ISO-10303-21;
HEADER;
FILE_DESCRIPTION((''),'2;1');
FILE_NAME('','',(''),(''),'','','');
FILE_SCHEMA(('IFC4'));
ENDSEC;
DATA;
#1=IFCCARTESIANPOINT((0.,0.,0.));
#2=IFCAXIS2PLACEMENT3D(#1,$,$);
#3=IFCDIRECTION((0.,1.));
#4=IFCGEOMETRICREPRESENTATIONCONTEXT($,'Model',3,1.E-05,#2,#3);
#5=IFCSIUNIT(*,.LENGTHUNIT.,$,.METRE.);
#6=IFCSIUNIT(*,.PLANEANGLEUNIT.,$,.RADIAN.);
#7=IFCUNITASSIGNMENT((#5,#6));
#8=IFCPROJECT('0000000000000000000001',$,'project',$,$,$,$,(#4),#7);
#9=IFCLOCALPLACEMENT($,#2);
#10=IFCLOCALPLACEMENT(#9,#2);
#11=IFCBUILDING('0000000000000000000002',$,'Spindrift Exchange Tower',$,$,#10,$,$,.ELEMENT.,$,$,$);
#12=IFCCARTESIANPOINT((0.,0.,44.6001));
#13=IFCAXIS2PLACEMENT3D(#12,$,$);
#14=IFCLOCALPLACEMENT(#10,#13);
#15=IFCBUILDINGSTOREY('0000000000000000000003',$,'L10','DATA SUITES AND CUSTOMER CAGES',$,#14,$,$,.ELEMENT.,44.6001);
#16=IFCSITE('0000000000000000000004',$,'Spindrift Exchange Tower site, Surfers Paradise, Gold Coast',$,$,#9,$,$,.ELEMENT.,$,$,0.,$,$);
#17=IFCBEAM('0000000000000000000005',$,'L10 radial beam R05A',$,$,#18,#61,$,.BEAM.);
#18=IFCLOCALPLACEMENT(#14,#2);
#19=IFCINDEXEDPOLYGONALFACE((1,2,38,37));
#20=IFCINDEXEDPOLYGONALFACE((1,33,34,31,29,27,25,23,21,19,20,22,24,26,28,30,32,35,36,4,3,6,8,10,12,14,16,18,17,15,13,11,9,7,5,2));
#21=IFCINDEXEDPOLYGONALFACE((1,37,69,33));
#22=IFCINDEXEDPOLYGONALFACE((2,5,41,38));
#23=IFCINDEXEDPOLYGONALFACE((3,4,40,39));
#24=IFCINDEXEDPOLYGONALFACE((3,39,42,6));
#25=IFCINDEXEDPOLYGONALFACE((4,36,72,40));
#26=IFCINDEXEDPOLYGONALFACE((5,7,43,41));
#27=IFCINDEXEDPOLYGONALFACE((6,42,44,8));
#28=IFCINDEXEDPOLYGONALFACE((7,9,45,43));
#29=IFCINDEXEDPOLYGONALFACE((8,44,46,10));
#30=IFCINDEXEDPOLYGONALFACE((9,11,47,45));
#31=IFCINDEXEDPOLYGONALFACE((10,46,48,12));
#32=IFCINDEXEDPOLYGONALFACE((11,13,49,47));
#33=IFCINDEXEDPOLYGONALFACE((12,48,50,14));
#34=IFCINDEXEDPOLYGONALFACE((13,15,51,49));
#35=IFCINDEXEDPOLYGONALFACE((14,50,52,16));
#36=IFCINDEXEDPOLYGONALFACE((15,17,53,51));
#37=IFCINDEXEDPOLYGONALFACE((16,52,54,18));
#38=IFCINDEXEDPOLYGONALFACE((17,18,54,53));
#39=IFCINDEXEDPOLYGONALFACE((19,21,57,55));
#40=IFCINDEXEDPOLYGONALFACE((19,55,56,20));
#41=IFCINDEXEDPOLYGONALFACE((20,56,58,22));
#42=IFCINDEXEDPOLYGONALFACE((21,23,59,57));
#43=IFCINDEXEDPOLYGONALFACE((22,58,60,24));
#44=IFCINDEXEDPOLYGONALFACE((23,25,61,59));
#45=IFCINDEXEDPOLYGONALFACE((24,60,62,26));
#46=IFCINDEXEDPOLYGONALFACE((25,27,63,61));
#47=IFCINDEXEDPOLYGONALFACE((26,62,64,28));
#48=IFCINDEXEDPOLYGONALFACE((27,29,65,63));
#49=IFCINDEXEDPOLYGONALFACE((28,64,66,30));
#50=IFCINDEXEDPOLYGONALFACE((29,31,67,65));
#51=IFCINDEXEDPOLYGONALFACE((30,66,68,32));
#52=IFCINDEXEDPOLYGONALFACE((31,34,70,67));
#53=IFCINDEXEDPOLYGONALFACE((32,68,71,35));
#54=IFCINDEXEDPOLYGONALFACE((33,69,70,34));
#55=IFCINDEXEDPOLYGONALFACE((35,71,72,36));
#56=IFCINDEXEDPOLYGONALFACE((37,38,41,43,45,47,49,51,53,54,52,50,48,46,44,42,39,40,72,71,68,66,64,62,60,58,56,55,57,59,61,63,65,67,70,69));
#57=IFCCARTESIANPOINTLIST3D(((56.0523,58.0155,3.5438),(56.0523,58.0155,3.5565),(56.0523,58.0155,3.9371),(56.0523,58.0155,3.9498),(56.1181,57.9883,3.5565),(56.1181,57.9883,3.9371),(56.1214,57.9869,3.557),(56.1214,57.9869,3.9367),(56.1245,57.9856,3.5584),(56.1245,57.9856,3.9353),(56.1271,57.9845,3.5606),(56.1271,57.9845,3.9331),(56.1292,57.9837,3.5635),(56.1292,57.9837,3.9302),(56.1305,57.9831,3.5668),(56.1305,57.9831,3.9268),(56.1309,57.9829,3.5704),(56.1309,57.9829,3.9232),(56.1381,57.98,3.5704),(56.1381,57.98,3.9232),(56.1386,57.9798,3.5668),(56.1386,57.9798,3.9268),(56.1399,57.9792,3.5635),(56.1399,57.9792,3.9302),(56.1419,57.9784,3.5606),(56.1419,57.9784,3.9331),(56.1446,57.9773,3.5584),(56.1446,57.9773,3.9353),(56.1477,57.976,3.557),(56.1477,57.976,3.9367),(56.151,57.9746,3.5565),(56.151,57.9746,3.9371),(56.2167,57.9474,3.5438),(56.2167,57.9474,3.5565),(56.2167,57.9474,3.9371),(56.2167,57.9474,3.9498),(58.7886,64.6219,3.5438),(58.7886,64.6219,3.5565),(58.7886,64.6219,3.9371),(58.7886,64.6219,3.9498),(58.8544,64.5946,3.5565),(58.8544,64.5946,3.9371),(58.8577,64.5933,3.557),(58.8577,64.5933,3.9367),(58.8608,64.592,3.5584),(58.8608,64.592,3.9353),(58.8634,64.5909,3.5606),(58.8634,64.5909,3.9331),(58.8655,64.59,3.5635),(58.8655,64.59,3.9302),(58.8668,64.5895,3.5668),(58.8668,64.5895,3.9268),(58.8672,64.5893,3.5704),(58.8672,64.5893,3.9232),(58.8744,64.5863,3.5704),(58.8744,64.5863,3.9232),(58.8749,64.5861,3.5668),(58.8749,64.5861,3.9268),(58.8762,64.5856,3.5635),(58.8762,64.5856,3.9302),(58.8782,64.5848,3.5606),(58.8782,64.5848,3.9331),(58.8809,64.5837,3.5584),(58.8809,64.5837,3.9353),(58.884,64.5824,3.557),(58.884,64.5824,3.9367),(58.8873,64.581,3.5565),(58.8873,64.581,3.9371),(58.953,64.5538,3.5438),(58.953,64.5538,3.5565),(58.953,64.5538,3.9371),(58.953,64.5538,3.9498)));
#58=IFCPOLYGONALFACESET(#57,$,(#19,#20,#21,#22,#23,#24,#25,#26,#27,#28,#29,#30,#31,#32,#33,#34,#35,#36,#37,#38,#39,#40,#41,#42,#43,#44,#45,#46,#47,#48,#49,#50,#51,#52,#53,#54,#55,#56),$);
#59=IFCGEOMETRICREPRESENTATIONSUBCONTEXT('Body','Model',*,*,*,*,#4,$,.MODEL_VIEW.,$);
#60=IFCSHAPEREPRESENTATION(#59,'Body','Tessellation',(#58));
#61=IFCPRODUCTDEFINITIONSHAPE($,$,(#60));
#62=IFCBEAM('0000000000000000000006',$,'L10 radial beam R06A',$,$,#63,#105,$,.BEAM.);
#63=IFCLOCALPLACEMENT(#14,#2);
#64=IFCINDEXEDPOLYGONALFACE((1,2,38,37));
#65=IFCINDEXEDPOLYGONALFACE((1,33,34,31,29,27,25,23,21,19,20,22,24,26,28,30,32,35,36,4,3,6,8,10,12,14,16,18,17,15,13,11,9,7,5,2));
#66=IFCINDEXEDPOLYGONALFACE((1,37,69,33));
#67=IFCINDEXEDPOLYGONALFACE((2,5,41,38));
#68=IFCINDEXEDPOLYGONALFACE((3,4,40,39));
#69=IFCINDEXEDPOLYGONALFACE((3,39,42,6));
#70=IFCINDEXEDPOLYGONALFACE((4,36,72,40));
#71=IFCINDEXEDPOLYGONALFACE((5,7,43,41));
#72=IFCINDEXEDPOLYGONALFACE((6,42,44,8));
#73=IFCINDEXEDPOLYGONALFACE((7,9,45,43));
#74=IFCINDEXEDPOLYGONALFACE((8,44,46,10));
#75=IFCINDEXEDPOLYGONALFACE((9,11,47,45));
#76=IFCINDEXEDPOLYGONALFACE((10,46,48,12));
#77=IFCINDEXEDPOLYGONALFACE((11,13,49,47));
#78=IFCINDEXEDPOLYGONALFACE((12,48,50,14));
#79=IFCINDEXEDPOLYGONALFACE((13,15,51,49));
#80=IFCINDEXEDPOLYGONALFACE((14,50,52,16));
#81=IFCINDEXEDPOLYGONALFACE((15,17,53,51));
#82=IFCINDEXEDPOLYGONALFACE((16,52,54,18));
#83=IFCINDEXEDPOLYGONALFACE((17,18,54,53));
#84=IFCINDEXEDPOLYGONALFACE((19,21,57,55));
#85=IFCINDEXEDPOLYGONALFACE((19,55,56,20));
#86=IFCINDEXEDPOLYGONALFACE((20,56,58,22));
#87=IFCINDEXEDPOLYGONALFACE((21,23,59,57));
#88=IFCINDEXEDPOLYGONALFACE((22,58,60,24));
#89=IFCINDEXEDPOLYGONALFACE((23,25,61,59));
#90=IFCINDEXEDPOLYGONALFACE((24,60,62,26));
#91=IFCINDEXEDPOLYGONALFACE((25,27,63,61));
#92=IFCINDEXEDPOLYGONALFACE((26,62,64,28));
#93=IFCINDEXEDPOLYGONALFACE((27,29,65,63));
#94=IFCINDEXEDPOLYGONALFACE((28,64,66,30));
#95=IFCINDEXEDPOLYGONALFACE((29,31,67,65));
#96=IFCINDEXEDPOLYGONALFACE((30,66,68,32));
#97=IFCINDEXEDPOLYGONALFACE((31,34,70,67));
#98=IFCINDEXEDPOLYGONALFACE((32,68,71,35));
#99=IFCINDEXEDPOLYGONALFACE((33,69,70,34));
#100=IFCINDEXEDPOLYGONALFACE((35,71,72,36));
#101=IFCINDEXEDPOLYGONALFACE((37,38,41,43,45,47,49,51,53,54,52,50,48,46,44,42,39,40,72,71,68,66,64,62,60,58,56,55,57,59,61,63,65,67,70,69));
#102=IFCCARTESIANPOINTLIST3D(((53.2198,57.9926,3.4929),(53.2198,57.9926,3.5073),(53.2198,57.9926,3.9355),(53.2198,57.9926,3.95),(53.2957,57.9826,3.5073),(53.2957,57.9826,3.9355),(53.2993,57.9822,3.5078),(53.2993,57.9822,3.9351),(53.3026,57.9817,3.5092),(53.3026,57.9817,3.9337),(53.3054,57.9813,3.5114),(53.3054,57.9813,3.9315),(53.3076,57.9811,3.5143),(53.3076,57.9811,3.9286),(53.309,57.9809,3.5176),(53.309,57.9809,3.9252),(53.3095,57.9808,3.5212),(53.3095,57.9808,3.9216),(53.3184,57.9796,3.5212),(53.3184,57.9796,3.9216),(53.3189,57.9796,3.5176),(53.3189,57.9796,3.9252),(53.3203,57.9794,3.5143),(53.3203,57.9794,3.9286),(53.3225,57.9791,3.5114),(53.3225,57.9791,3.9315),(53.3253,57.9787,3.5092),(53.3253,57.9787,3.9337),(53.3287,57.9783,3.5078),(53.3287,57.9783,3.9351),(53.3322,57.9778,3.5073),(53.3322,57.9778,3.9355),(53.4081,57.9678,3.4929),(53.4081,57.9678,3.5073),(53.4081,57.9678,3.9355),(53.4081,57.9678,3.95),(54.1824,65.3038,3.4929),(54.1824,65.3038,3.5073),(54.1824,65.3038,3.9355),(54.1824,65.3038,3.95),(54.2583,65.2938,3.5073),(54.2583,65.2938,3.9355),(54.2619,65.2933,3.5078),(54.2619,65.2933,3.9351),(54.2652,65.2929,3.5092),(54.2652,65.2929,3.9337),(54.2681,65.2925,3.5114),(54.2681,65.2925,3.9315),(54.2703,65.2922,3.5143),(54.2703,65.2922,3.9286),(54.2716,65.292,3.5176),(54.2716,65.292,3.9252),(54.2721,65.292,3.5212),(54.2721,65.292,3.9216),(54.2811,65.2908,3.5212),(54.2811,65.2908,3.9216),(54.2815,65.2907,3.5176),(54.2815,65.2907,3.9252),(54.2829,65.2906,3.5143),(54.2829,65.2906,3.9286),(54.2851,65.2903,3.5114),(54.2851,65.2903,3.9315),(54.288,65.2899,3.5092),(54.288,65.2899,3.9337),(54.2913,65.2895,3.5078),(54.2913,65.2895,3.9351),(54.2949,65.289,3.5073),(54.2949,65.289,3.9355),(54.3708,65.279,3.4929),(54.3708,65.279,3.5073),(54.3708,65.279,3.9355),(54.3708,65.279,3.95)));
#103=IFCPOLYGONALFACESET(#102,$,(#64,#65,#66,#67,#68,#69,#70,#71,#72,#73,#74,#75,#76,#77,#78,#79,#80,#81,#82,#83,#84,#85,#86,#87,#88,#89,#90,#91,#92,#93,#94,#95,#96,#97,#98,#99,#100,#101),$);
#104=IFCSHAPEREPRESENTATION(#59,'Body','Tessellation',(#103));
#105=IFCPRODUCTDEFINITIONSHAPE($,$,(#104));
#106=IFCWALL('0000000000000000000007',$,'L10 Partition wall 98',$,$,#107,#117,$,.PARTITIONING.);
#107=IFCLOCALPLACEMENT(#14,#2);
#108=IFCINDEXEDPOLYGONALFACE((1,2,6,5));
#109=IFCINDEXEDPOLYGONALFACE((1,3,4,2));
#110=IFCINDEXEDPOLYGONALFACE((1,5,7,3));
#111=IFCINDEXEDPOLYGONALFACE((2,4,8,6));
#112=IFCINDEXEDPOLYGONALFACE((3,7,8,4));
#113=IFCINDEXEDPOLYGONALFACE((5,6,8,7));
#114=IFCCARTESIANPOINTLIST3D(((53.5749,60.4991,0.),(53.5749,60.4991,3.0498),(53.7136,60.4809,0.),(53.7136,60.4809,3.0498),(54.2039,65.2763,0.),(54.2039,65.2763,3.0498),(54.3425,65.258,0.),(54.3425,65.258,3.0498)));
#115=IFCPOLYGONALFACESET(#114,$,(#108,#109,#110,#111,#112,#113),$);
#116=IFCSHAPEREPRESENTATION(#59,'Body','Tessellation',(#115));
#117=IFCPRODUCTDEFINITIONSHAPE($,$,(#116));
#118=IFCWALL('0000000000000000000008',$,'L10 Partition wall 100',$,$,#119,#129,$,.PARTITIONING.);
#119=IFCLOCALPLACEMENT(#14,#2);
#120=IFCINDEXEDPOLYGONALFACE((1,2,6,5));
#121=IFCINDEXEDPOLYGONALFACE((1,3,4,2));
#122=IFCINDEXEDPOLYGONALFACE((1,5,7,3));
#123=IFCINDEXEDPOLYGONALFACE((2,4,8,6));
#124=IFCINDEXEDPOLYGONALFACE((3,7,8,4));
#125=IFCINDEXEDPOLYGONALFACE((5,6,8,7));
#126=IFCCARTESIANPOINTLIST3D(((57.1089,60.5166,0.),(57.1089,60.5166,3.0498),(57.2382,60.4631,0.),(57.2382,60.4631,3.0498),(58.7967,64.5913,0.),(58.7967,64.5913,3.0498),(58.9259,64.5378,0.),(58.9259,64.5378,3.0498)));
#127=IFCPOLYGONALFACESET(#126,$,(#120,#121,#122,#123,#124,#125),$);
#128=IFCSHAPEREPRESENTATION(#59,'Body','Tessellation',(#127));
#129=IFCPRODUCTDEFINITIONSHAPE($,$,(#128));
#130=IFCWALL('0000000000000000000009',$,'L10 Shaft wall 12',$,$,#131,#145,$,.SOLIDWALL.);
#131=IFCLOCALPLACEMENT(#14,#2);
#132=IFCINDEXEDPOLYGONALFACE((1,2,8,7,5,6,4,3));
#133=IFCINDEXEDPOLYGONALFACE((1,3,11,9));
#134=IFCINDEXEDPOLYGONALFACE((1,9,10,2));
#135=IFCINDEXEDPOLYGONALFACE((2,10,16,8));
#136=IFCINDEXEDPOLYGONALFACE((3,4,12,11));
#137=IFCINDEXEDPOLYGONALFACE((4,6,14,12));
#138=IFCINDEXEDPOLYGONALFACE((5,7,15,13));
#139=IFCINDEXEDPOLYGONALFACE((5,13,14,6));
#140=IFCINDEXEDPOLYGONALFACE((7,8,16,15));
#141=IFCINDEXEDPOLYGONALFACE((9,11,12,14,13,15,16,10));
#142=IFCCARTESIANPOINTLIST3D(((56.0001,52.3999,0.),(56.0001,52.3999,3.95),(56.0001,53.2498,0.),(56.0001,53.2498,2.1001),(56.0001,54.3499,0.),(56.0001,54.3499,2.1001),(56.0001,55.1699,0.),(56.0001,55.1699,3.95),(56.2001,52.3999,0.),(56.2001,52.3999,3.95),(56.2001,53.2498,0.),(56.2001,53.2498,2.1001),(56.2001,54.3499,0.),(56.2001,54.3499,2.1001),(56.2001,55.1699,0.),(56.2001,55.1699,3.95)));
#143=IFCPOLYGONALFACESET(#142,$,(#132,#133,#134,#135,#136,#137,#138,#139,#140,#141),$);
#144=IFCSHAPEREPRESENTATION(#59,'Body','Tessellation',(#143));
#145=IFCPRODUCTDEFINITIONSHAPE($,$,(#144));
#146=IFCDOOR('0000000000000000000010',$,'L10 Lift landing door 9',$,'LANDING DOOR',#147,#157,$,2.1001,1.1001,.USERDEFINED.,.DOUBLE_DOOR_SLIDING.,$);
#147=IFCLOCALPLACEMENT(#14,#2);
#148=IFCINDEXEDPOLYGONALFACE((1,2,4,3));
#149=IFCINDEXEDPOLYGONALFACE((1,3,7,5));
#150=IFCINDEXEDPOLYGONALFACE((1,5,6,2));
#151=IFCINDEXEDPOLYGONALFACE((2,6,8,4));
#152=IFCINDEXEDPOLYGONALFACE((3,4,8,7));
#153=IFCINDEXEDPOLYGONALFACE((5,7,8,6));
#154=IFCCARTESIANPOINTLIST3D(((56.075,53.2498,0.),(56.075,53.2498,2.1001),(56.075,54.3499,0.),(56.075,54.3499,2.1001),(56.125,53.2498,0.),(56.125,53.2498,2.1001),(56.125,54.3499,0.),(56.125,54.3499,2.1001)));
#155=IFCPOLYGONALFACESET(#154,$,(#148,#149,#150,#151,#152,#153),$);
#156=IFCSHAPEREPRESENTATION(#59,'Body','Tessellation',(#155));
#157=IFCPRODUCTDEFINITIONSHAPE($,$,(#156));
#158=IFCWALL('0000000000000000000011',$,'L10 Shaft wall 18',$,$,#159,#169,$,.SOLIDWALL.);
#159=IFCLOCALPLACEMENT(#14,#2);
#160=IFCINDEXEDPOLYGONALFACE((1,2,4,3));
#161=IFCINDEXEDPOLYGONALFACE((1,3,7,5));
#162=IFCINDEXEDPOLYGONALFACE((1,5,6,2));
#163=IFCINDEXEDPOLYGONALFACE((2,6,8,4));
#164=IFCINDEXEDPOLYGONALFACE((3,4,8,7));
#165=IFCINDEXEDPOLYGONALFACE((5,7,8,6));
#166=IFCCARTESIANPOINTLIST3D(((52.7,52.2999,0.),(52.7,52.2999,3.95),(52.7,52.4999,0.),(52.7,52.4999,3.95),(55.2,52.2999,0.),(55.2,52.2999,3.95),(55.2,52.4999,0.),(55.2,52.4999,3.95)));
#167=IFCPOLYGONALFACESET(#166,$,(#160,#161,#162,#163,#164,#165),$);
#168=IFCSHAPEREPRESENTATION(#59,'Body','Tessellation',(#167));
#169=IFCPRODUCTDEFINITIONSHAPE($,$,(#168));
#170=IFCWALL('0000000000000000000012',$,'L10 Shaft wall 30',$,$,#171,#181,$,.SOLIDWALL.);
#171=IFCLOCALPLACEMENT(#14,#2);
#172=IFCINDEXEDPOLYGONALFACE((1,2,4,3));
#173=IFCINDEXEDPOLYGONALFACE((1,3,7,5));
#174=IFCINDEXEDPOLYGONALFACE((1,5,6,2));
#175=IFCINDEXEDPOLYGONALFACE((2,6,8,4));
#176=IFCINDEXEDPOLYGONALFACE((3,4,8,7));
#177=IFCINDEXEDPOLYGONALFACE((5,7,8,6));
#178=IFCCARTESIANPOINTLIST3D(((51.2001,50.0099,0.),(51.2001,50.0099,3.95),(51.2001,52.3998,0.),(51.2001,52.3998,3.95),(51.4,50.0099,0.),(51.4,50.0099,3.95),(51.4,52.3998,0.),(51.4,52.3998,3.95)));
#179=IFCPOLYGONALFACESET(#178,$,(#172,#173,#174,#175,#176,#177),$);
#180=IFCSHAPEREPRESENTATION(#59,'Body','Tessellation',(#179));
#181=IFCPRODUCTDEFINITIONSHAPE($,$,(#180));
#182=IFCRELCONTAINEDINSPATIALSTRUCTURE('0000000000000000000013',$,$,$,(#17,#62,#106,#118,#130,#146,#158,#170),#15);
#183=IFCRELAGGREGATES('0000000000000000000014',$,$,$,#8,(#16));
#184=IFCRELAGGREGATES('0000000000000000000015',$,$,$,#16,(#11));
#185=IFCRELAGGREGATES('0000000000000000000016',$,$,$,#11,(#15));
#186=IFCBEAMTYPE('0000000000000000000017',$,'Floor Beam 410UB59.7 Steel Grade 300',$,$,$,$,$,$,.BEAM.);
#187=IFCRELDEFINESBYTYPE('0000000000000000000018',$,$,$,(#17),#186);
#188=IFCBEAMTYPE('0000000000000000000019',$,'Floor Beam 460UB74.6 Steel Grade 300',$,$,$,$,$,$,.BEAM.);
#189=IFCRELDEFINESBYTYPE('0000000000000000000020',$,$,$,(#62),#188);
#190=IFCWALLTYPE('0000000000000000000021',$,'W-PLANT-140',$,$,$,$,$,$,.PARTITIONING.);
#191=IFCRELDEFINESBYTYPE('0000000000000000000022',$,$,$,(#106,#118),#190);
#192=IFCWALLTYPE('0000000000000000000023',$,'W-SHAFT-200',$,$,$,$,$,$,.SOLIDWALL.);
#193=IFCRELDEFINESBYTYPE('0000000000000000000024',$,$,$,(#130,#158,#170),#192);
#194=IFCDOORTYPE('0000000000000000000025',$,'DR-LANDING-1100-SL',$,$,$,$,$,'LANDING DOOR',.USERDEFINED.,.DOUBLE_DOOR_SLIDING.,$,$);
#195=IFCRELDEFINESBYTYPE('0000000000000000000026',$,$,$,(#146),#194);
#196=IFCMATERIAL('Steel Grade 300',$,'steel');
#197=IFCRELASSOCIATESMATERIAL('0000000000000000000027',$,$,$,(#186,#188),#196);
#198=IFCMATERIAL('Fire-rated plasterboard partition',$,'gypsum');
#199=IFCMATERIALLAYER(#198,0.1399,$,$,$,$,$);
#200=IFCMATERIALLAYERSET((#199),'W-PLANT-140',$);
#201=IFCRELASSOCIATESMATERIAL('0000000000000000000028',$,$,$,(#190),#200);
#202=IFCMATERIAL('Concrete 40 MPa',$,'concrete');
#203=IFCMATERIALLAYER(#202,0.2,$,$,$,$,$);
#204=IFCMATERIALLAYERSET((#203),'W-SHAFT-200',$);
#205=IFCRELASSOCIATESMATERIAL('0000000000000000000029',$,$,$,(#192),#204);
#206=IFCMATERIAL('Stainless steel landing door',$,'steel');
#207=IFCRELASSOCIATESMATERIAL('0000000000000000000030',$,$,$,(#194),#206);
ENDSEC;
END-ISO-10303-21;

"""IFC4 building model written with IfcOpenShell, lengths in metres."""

from ifc_helpers import new_model, si_unit, direction, frame, frame_2d, origin, origin_2d, place, context, subcontext, project, spatial, rectangle, i_section, extrude, source, transform, mapped, material, layer, layer_set, material_profile, profile_set, type_object, element, fill, save


model = new_model("IFC4")

# Units and contexts
model_context = context("Model", 3, precision=1e-05, world=origin(), true_north=direction((0.0, 1.0)))
body_context = subcontext(model_context, "Body", "Model", "MODEL_VIEW")
ifc_project = project(units=[si_unit("LENGTHUNIT", "METRE"), si_unit("PLANEANGLEUNIT", "RADIAN")], contexts=[model_context])

# Site, building, storey
site_placement = place(None, origin())
site = spatial("IfcSite", under=ifc_project, at=site_placement, Name="Spindrift Exchange Tower site, Surfers Paradise, Gold Coast", CompositionType="ELEMENT", RefElevation=0.0)
building_placement = place(site_placement, origin())
building = spatial("IfcBuilding", under=site, at=building_placement, Name="Spindrift Exchange Tower", CompositionType="ELEMENT")
storey_placement = place(building_placement, frame((0.0, 0.0, 44.6001)))
storey = spatial("IfcBuildingStorey", under=building, at=storey_placement, Name="L10", Description="DATA SUITES AND CUSTOMER CAGES", CompositionType="ELEMENT", Elevation=44.6001)

# Beams
ifc_material_1 = material(Name="Steel Grade 300", Category="steel")
ifc_material_profile_1 = material_profile(ifc_material_1, i_section(OverallWidth=0.178, OverallDepth=0.406, WebThickness=0.0078, FlangeThickness=0.0127, FilletRadius=0.0139, at=origin_2d()), Name="410UB59.7")
ifc_profile_set_1 = profile_set([ifc_material_profile_1], Name="Steel Grade 300")
beam_type_1 = type_object("IfcBeamType", Name="Floor Beam 410UB59.7 Steel Grade 300", PredefinedType="BEAM", material=ifc_profile_set_1)
shared_shape_1 = source(origin(), body_context, "Body", "SweptSolid", [
    extrude(i_section(OverallWidth=0.178, OverallDepth=0.406, WebThickness=0.0078, FlangeThickness=0.0127, FilletRadius=0.0139, at=origin_2d()), origin(), (0.0, 0.0, 1.0), 7.1506),
])
beam_1_placement = place(storey_placement, frame((56.1345, 57.9814, 3.7468), z_axis=(0.382665, 0.923887, 0.0), x_axis=(-0.923887, 0.382665, 0.0)))
element("IfcBeam", 1, at=beam_1_placement, inside=storey, type_object=beam_type_1, Name="L10 radial beam R05A", PredefinedType="BEAM", context=body_context, shape_type="MappedRepresentation", body=[
    mapped(shared_shape_1, transform((0.0, 0.0, 0.0), scale=1.0)),
])
ifc_material_profile_2 = material_profile(ifc_material_1, i_section(OverallWidth=0.1899, OverallDepth=0.457, WebThickness=0.009, FlangeThickness=0.0144, FilletRadius=0.0139, at=origin_2d()), Name="460UB74.6")
ifc_profile_set_2 = profile_set([ifc_material_profile_2], Name="Steel Grade 300")
beam_type_2 = type_object("IfcBeamType", Name="Floor Beam 460UB74.6 Steel Grade 300", PredefinedType="BEAM", material=ifc_profile_set_2)
shared_shape_2 = source(origin(), body_context, "Body", "SweptSolid", [
    extrude(i_section(OverallWidth=0.1899, OverallDepth=0.457, WebThickness=0.009, FlangeThickness=0.0144, FilletRadius=0.0139, at=origin_2d()), origin(), (0.0, 0.0, 1.0), 7.3743),
])
beam_2_placement = place(storey_placement, frame((53.314, 57.9802, 3.7214), z_axis=(0.130539, 0.991443, 0.0), x_axis=(-0.991443, 0.130539, 0.0)))
element("IfcBeam", 2, at=beam_2_placement, inside=storey, type_object=beam_type_2, Name="L10 radial beam R06A", PredefinedType="BEAM", context=body_context, shape_type="MappedRepresentation", body=[
    mapped(shared_shape_2, transform((0.0, 0.0, 0.0), scale=1.0)),
])

# Walls
ifc_material_2 = material(Name="Fire-rated plasterboard partition", Category="gypsum")
ifc_layer_1 = layer(ifc_material_2, 0.1399)
ifc_layer_set_1 = layer_set([ifc_layer_1], Name="W-PLANT-140")
wall_type_1 = type_object("IfcWallType", Name="W-PLANT-140", PredefinedType="PARTITIONING", material=ifc_layer_set_1)
wall_1_placement = place(storey_placement, frame((53.6443, 60.49, 0.0), z_axis=(0.0, 0.0, 1.0), x_axis=(0.130524, 0.991445, 0.0)))
element("IfcWall", 3, at=wall_1_placement, inside=storey, type_object=wall_type_1, Name="L10 Partition wall 98", PredefinedType="PARTITIONING", context=body_context, shape_type="SweptSolid", body=[
    extrude(rectangle(XDim=4.8184, YDim=0.1399, at=frame_2d((2.4092, 0.0))), origin(), (0.0, 0.0, 1.0), 3.0498),
])
wall_2_placement = place(storey_placement, frame((57.1736, 60.49, 0.0), z_axis=(0.0, 0.0, 1.0), x_axis=(0.382673, 0.923884, 0.0)))
element("IfcWall", 4, at=wall_2_placement, inside=storey, type_object=wall_type_1, Name="L10 Partition wall 100", PredefinedType="PARTITIONING", context=body_context, shape_type="SweptSolid", body=[
    extrude(rectangle(XDim=4.4104, YDim=0.1399, at=frame_2d((2.2051, 0.0))), origin(), (0.0, 0.0, 1.0), 3.0498),
])

# Wall, opening, door
ifc_material_3 = material(Name="Concrete 40 MPa", Category="concrete")
ifc_layer_2 = layer(ifc_material_3, 0.2)
ifc_layer_set_2 = layer_set([ifc_layer_2], Name="W-SHAFT-200")
wall_type_2 = type_object("IfcWallType", Name="W-SHAFT-200", PredefinedType="SOLIDWALL", material=ifc_layer_set_2)
wall_3_placement = place(storey_placement, frame((56.1001, 55.1699, 0.0), z_axis=(0.0, 0.0, 1.0), x_axis=(0.0, -1.0, 0.0)))
wall_3 = element("IfcWall", 5, at=wall_3_placement, inside=storey, type_object=wall_type_2, Name="L10 Shaft wall 12", PredefinedType="SOLIDWALL", context=body_context, shape_type="SweptSolid", body=[
    extrude(rectangle(XDim=2.77, YDim=0.2, at=frame_2d((1.385, 0.0))), origin(), (0.0, 0.0, 1.0), 3.95),
])
opening_1_placement = place(wall_3_placement, frame((0.8201, 0.0, 0.0)))
opening_1 = element("IfcOpeningElement", 6, at=opening_1_placement, cuts=wall_3, PredefinedType="OPENING", context=body_context, shape_type="SweptSolid", body=[
    extrude(rectangle(XDim=1.1001, YDim=2.1001, at=frame_2d((0.55, 1.05))), frame((0.0, 0.1099, 0.0), z_axis=(0.0, -1.0, 0.0), x_axis=(1.0, 0.0, 0.0)), (0.0, 0.0, 1.0), 0.22),
])
ifc_material_4 = material(Name="Stainless steel landing door", Category="steel")
door_type_1 = type_object("IfcDoorType", Name="DR-LANDING-1100-SL", ElementType="LANDING DOOR", OperationType="DOUBLE_DOOR_SLIDING", PredefinedType="USERDEFINED", material=ifc_material_4)
shared_shape_3 = source(origin(), body_context, "Body", "SweptSolid", [
    extrude(rectangle(XDim=1.1001, YDim=2.1001, at=frame_2d((0.55, 1.05))), frame((0.0, 0.0249, 0.0), z_axis=(0.0, -1.0, 0.0), x_axis=(1.0, 0.0, 0.0)), (0.0, 0.0, 1.0), 0.05),
])
door_1_placement = place(opening_1_placement, origin())
door_1 = element("IfcDoor", 7, at=door_1_placement, inside=storey, type_object=door_type_1, Name="L10 Lift landing door 9", ObjectType="LANDING DOOR", OperationType="DOUBLE_DOOR_SLIDING", OverallHeight=2.1001, OverallWidth=1.1001, PredefinedType="USERDEFINED", context=body_context, shape_type="MappedRepresentation", body=[
    mapped(shared_shape_3, transform((0.0, 0.0, 0.0), scale=1.0)),
])
fill(opening_1, door_1)

# Walls
wall_4_placement = place(storey_placement, frame((55.2, 52.3999, 0.0), z_axis=(0.0, 0.0, 1.0), x_axis=(-1.0, 0.0, 0.0)))
element("IfcWall", 8, at=wall_4_placement, inside=storey, type_object=wall_type_2, Name="L10 Shaft wall 18", PredefinedType="SOLIDWALL", context=body_context, shape_type="SweptSolid", body=[
    extrude(rectangle(XDim=2.5, YDim=0.2, at=frame_2d((1.25, 0.0))), origin(), (0.0, 0.0, 1.0), 3.95),
])
wall_5_placement = place(storey_placement, frame((51.3, 50.01, 0.0), z_axis=(0.0, 0.0, 1.0), x_axis=(0.0, 1.0, 0.0)))
element("IfcWall", 9, at=wall_5_placement, inside=storey, type_object=wall_type_2, Name="L10 Shaft wall 30", PredefinedType="SOLIDWALL", context=body_context, shape_type="SweptSolid", body=[
    extrude(rectangle(XDim=2.3899, YDim=0.2, at=frame_2d((1.1948, 0.0))), origin(), (0.0, 0.0, 1.0), 3.95),
])

save(model, "model.ifc")
